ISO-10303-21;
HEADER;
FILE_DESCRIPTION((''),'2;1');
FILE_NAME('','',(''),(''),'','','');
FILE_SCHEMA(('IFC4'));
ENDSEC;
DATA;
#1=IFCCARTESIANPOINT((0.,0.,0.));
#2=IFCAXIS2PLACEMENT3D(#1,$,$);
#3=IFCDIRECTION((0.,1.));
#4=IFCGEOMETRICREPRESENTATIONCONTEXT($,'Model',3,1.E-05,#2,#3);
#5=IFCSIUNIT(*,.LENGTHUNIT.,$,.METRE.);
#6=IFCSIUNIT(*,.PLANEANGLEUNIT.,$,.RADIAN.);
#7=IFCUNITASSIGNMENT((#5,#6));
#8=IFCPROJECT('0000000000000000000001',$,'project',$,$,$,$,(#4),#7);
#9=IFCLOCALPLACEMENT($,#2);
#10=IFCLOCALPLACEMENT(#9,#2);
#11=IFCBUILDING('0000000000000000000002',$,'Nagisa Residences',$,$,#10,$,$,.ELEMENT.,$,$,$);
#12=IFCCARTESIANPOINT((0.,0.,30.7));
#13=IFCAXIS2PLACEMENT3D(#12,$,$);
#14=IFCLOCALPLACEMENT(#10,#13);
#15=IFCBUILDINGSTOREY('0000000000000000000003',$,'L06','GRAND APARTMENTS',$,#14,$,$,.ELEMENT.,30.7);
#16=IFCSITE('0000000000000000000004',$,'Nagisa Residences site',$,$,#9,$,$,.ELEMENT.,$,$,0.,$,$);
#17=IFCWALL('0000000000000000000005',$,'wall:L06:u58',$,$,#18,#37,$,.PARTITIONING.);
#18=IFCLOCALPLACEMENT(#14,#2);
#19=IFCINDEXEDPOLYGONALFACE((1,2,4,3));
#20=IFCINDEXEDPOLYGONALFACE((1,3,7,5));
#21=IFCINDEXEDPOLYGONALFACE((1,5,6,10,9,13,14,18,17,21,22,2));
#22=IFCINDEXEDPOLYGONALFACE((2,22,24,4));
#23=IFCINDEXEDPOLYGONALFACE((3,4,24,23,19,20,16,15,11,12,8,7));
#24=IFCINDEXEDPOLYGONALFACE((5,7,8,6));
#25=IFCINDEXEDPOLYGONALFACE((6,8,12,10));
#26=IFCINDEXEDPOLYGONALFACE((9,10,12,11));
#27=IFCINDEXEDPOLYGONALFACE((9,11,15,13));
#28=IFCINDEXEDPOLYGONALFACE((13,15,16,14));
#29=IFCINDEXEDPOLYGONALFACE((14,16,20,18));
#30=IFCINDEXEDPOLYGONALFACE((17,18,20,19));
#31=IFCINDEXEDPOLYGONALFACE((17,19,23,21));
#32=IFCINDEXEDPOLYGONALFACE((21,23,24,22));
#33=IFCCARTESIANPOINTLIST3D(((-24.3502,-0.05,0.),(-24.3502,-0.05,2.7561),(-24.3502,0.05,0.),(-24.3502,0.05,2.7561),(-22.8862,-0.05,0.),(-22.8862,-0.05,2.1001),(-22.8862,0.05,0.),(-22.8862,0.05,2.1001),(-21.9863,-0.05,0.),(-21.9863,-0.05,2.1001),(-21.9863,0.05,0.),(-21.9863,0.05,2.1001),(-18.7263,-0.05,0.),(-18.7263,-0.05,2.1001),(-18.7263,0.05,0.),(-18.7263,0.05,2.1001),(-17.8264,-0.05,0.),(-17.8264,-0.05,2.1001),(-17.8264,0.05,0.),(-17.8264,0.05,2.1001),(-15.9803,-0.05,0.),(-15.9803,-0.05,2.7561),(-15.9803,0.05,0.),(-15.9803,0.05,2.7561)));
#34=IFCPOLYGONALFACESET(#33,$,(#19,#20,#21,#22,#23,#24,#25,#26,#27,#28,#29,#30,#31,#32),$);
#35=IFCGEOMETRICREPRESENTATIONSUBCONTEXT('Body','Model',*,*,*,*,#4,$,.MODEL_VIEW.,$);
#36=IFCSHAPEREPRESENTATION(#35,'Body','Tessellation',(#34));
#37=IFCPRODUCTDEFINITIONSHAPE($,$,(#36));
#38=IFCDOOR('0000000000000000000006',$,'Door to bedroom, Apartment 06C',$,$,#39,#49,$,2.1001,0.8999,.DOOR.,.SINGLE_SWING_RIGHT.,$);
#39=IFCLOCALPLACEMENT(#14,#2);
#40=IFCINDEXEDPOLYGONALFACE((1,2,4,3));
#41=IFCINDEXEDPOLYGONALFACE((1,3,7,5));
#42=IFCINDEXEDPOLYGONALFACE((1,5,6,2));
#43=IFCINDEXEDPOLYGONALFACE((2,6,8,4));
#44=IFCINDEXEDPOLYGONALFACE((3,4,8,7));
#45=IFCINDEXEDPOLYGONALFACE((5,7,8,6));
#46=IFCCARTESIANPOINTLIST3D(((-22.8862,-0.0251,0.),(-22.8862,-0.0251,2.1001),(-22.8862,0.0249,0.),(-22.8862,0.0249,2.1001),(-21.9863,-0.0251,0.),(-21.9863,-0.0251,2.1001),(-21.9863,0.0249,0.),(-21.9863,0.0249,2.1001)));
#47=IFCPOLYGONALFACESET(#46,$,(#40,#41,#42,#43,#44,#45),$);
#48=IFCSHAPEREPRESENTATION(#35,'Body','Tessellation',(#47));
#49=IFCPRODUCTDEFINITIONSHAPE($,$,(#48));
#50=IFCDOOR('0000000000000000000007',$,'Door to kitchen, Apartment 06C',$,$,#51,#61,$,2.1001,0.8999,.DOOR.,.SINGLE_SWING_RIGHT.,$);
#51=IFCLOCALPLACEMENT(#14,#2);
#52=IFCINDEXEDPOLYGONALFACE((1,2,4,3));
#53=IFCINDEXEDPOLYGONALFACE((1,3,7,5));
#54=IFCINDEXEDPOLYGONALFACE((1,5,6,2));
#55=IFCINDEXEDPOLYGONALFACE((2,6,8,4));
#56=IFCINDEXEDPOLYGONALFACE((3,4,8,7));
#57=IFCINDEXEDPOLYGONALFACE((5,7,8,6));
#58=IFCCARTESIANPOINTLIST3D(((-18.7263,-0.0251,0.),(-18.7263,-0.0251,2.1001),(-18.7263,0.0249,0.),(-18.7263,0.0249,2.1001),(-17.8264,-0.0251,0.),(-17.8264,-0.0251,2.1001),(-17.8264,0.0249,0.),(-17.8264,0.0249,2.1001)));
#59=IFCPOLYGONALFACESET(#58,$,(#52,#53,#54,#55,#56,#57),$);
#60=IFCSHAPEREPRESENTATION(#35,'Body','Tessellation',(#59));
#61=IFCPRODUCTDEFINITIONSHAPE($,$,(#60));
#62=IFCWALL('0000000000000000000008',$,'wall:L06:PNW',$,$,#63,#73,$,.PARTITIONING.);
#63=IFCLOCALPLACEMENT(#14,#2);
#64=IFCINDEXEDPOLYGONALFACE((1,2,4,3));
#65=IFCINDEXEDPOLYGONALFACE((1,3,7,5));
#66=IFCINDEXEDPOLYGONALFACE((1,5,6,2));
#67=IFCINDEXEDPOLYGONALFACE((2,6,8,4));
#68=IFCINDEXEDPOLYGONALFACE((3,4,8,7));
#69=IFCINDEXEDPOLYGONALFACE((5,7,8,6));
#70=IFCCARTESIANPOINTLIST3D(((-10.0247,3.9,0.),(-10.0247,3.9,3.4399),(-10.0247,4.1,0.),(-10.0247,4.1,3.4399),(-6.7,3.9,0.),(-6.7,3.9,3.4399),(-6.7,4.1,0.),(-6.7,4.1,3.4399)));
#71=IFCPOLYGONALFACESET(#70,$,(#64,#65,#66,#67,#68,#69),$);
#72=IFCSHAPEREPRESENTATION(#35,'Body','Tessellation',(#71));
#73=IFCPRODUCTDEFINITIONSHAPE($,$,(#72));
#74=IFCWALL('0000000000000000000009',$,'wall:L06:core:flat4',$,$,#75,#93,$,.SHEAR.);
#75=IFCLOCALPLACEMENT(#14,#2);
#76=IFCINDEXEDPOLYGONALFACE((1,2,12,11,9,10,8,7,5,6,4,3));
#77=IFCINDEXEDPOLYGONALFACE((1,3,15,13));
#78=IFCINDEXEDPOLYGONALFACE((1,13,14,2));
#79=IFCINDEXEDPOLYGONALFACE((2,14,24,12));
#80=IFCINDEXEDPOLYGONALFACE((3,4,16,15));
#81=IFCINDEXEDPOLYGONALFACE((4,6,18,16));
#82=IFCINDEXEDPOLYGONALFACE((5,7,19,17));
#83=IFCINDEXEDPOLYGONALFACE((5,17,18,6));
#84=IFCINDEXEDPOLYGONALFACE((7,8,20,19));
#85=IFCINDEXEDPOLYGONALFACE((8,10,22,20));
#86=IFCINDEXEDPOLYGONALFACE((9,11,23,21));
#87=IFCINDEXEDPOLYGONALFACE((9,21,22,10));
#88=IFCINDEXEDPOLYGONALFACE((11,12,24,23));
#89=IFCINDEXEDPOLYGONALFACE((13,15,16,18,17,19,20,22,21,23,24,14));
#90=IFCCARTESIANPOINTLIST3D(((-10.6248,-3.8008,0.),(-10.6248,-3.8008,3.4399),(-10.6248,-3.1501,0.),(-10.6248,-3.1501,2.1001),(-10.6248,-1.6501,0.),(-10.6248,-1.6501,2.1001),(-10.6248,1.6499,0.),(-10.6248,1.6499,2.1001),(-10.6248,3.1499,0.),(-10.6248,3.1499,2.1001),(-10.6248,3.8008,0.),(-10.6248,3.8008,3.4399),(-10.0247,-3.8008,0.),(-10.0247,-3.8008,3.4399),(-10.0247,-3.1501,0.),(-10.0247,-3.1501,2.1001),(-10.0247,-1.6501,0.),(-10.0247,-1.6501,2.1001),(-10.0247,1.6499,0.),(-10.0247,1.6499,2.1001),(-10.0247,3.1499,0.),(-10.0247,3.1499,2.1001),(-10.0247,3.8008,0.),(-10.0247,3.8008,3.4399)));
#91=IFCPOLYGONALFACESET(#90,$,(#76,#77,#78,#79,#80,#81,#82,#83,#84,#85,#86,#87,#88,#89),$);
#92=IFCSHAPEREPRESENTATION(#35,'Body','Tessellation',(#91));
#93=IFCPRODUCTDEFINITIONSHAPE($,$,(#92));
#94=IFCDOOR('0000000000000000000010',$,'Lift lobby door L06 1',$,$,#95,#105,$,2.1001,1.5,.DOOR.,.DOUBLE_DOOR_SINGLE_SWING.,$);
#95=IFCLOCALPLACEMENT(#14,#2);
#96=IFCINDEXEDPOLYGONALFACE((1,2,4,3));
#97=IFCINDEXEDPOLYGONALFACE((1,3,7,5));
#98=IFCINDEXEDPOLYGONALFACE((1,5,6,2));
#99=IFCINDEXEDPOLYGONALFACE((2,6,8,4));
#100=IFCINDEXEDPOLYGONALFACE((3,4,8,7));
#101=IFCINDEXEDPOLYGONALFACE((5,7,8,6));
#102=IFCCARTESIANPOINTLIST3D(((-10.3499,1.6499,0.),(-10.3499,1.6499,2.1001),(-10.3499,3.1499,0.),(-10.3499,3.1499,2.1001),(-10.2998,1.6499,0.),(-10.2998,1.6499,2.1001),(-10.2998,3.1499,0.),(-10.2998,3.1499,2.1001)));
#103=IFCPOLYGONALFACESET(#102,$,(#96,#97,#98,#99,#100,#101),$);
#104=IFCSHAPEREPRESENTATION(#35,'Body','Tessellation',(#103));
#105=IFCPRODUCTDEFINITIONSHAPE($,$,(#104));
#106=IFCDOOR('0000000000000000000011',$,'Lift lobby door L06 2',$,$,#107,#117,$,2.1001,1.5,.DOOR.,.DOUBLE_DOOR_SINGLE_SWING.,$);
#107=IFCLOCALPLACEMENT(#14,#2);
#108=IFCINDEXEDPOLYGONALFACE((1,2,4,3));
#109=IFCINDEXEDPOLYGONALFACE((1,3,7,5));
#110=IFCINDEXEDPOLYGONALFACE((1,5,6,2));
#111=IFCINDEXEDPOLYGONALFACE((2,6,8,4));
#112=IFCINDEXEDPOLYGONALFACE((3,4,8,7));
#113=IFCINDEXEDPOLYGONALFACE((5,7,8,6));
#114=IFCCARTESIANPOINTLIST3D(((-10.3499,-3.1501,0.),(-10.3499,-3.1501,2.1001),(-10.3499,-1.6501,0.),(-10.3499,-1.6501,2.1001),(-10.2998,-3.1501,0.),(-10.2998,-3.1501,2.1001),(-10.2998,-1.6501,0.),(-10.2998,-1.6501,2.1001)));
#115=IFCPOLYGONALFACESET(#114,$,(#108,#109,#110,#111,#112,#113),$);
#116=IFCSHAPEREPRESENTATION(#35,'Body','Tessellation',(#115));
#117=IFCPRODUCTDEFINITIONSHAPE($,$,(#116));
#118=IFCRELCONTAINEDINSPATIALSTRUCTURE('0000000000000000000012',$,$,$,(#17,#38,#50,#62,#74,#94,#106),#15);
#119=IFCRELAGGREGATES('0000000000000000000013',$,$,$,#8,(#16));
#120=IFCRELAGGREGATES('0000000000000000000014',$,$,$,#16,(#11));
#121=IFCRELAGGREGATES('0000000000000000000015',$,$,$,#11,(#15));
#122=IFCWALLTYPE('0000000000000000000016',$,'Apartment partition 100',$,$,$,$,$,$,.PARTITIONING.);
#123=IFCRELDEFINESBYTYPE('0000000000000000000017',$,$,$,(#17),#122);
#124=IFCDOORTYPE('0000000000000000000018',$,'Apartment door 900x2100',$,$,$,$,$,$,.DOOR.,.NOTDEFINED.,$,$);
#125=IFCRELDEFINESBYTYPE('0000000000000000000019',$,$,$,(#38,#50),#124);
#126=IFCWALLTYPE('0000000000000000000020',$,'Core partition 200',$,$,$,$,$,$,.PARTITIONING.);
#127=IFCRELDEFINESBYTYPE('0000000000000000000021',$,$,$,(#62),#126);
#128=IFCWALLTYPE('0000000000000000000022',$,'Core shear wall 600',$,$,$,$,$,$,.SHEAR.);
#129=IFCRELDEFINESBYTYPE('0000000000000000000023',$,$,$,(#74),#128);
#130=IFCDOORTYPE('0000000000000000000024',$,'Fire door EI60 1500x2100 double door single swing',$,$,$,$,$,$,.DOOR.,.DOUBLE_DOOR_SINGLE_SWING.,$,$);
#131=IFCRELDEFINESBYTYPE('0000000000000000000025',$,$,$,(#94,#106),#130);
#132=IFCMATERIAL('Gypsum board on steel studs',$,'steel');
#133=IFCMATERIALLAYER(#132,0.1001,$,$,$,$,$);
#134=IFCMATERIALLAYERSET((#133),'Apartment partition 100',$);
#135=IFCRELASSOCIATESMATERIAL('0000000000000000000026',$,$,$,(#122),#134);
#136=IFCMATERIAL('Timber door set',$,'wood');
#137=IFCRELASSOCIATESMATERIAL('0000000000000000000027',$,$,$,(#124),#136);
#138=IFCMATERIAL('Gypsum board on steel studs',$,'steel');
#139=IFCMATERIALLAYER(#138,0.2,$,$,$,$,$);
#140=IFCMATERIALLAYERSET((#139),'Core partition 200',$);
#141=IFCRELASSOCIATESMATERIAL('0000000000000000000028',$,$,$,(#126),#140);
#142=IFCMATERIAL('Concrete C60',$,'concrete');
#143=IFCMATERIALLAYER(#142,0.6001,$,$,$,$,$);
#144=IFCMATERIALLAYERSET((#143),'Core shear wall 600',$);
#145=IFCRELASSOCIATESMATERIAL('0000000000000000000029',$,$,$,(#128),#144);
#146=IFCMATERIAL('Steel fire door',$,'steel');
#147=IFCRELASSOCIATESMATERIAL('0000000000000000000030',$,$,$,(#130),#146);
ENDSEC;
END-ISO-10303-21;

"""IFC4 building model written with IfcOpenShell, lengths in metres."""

from ifc_helpers import new_model, si_unit, direction, frame, frame_2d, origin, place, context, subcontext, project, spatial, rectangle, extrude, material, layer, layer_set, type_object, element, fill, save


model = new_model("IFC4")

# Units and contexts
model_context = context("Model", 3, precision=1e-05, world=origin(), true_north=direction((0.0, 1.0)))
body_context = subcontext(model_context, "Body", "Model", "MODEL_VIEW")
ifc_project = project(units=[si_unit("LENGTHUNIT", "METRE"), si_unit("PLANEANGLEUNIT", "RADIAN")], contexts=[model_context])

# Site, building, storey
site_placement = place(None, origin())
site = spatial("IfcSite", under=ifc_project, at=site_placement, Name="Nagisa Residences site", CompositionType="ELEMENT", RefElevation=0.0)
building_placement = place(site_placement, origin())
building = spatial("IfcBuilding", under=site, at=building_placement, Name="Nagisa Residences", CompositionType="ELEMENT")
storey_placement = place(building_placement, frame((0.0, 0.0, 30.7)))
storey = spatial("IfcBuildingStorey", under=building, at=storey_placement, Name="L06", Description="GRAND APARTMENTS", CompositionType="ELEMENT", Elevation=30.7)

# Shared definitions
ifc_material_1 = material(Name="Gypsum board on steel studs", Category="steel")
ifc_layer_1 = layer(ifc_material_1, 0.1001)
ifc_layer_set_1 = layer_set([ifc_layer_1], Name="Apartment partition 100")
wall_type_1 = type_object("IfcWallType", Name="Apartment partition 100", PredefinedType="PARTITIONING", material=ifc_layer_set_1)
ifc_material_2 = material(Name="Timber door set", Category="wood")
door_type_1 = type_object("IfcDoorType", Name="Apartment door 900x2100", OperationType="NOTDEFINED", PredefinedType="DOOR", material=ifc_material_2)

# Wall, openings, doors
wall_1_placement = place(storey_placement, frame((-15.9802, 0.0, 0.0), z_axis=(0.0, 0.0, 1.0), x_axis=(-1.0, 0.0, 0.0)))
wall_1 = element("IfcWall", 1, at=wall_1_placement, inside=storey, type_object=wall_type_1, Name="wall:L06:u58", PredefinedType="PARTITIONING", context=body_context, shape_type="SweptSolid", body=[
    extrude(rectangle(XDim=8.3699, YDim=0.1001, at=frame_2d((4.1851, 0.0))), origin(), (0.0, 0.0, 1.0), 2.7561),
])
opening_1_placement = place(wall_1_placement, frame((6.0061, 0.0, 0.0)))
opening_1 = element("IfcOpeningElement", 2, at=opening_1_placement, cuts=wall_1, PredefinedType="OPENING", context=body_context, shape_type="SweptSolid", body=[
    extrude(rectangle(XDim=0.8999, YDim=2.1001, at=frame_2d((0.45, 1.05))), frame((0.0, 0.0601, 0.0), z_axis=(0.0, -1.0, 0.0), x_axis=(1.0, 0.0, 0.0)), (0.0, 0.0, 1.0), 0.1201),
])
opening_2_placement = place(wall_1_placement, frame((1.8462, 0.0, 0.0)))
opening_2 = element("IfcOpeningElement", 3, at=opening_2_placement, cuts=wall_1, PredefinedType="OPENING", context=body_context, shape_type="SweptSolid", body=[
    extrude(rectangle(XDim=0.8999, YDim=2.1001, at=frame_2d((0.45, 1.05))), frame((0.0, 0.0601, 0.0), z_axis=(0.0, -1.0, 0.0), x_axis=(1.0, 0.0, 0.0)), (0.0, 0.0, 1.0), 0.1201),
])
door_1_placement = place(opening_1_placement, frame((0.8999, 0.0, 0.0), x_axis=(-1.0, 0.0, 0.0)))
door_1 = element("IfcDoor", 4, at=door_1_placement, inside=storey, type_object=door_type_1, Name="Door to bedroom, Apartment 06C", OperationType="SINGLE_SWING_RIGHT", OverallHeight=2.1001, OverallWidth=0.8999, PredefinedType="DOOR", context=body_context, shape_type="SweptSolid", body=[
    extrude(rectangle(XDim=0.8999, YDim=2.1001, at=frame_2d((0.45, 1.05))), frame((0.0, 0.0249, 0.0), z_axis=(0.0, -1.0, 0.0), x_axis=(1.0, 0.0, 0.0)), (0.0, 0.0, 1.0), 0.05),
])
fill(opening_1, door_1)
door_2_placement = place(opening_2_placement, frame((0.8999, 0.0, 0.0), x_axis=(-1.0, 0.0, 0.0)))
door_2 = element("IfcDoor", 5, at=door_2_placement, inside=storey, type_object=door_type_1, Name="Door to kitchen, Apartment 06C", OperationType="SINGLE_SWING_RIGHT", OverallHeight=2.1001, OverallWidth=0.8999, PredefinedType="DOOR", context=body_context, shape_type="SweptSolid", body=[
    extrude(rectangle(XDim=0.8999, YDim=2.1001, at=frame_2d((0.45, 1.05))), frame((0.0, 0.0249, 0.0), z_axis=(0.0, -1.0, 0.0), x_axis=(1.0, 0.0, 0.0)), (0.0, 0.0, 1.0), 0.05),
])
fill(opening_2, door_2)

# Wall
ifc_material_3 = material(Name="Gypsum board on steel studs", Category="steel")
ifc_layer_2 = layer(ifc_material_3, 0.2)
ifc_layer_set_2 = layer_set([ifc_layer_2], Name="Core partition 200")
wall_type_2 = type_object("IfcWallType", Name="Core partition 200", PredefinedType="PARTITIONING", material=ifc_layer_set_2)
wall_2_placement = place(storey_placement, frame((-10.0247, 4.0, 0.0), z_axis=(0.0, 0.0, 1.0), x_axis=(1.0, 0.0, 0.0)))
element("IfcWall", 6, at=wall_2_placement, inside=storey, type_object=wall_type_2, Name="wall:L06:PNW", PredefinedType="PARTITIONING", context=body_context, shape_type="SweptSolid", body=[
    extrude(rectangle(XDim=3.3247, YDim=0.2, at=frame_2d((1.6624, 0.0))), origin(), (0.0, 0.0, 1.0), 3.4399),
])

# Wall, openings, doors
ifc_material_4 = material(Name="Concrete C60", Category="concrete")
ifc_layer_3 = layer(ifc_material_4, 0.6001)
ifc_layer_set_3 = layer_set([ifc_layer_3], Name="Core shear wall 600")
wall_type_3 = type_object("IfcWallType", Name="Core shear wall 600", PredefinedType="SHEAR", material=ifc_layer_set_3)
wall_3_placement = place(storey_placement, frame((-10.3247, 3.8008, 0.0), z_axis=(0.0, 0.0, 1.0), x_axis=(0.0, -1.0, 0.0)))
wall_3 = element("IfcWall", 7, at=wall_3_placement, inside=storey, type_object=wall_type_3, Name="wall:L06:core:flat4", PredefinedType="SHEAR", context=body_context, shape_type="SweptSolid", body=[
    extrude(rectangle(XDim=7.6016, YDim=0.6001, at=frame_2d((3.8008, 0.0))), origin(), (0.0, 0.0, 1.0), 3.4399),
])
opening_3_placement = place(wall_3_placement, frame((0.6509, 0.0, 0.0)))
opening_3 = element("IfcOpeningElement", 8, at=opening_3_placement, cuts=wall_3, PredefinedType="OPENING", context=body_context, shape_type="SweptSolid", body=[
    extrude(rectangle(XDim=1.5, YDim=2.1001, at=frame_2d((0.75, 1.05))), frame((0.0, 0.3101, 0.0), z_axis=(0.0, -1.0, 0.0), x_axis=(1.0, 0.0, 0.0)), (0.0, 0.0, 1.0), 0.6201),
])
opening_4_placement = place(wall_3_placement, frame((5.4509, 0.0, 0.0)))
opening_4 = element("IfcOpeningElement", 9, at=opening_4_placement, cuts=wall_3, PredefinedType="OPENING", context=body_context, shape_type="SweptSolid", body=[
    extrude(rectangle(XDim=1.5, YDim=2.1001, at=frame_2d((0.75, 1.05))), frame((0.0, 0.3101, 0.0), z_axis=(0.0, -1.0, 0.0), x_axis=(1.0, 0.0, 0.0)), (0.0, 0.0, 1.0), 0.6201),
])
ifc_material_5 = material(Name="Steel fire door", Category="steel")
door_type_2 = type_object("IfcDoorType", Name="Fire door EI60 1500x2100 double door single swing", OperationType="DOUBLE_DOOR_SINGLE_SWING", PredefinedType="DOOR", material=ifc_material_5)
door_3_placement = place(opening_3_placement, origin())
door_3 = element("IfcDoor", 10, at=door_3_placement, inside=storey, type_object=door_type_2, Name="Lift lobby door L06 1", OperationType="DOUBLE_DOOR_SINGLE_SWING", OverallHeight=2.1001, OverallWidth=1.5, PredefinedType="DOOR", context=body_context, shape_type="SweptSolid", body=[
    extrude(rectangle(XDim=1.5, YDim=2.1001, at=frame_2d((0.75, 1.05))), frame((0.0, 0.0249, 0.0), z_axis=(0.0, -1.0, 0.0), x_axis=(1.0, 0.0, 0.0)), (0.0, 0.0, 1.0), 0.05),
])
fill(opening_3, door_3)
door_4_placement = place(opening_4_placement, origin())
door_4 = element("IfcDoor", 11, at=door_4_placement, inside=storey, type_object=door_type_2, Name="Lift lobby door L06 2", OperationType="DOUBLE_DOOR_SINGLE_SWING", OverallHeight=2.1001, OverallWidth=1.5, PredefinedType="DOOR", context=body_context, shape_type="SweptSolid", body=[
    extrude(rectangle(XDim=1.5, YDim=2.1001, at=frame_2d((0.75, 1.05))), frame((0.0, 0.0249, 0.0), z_axis=(0.0, -1.0, 0.0), x_axis=(1.0, 0.0, 0.0)), (0.0, 0.0, 1.0), 0.05),
])
fill(opening_4, door_4)

save(model, "model.ifc")
